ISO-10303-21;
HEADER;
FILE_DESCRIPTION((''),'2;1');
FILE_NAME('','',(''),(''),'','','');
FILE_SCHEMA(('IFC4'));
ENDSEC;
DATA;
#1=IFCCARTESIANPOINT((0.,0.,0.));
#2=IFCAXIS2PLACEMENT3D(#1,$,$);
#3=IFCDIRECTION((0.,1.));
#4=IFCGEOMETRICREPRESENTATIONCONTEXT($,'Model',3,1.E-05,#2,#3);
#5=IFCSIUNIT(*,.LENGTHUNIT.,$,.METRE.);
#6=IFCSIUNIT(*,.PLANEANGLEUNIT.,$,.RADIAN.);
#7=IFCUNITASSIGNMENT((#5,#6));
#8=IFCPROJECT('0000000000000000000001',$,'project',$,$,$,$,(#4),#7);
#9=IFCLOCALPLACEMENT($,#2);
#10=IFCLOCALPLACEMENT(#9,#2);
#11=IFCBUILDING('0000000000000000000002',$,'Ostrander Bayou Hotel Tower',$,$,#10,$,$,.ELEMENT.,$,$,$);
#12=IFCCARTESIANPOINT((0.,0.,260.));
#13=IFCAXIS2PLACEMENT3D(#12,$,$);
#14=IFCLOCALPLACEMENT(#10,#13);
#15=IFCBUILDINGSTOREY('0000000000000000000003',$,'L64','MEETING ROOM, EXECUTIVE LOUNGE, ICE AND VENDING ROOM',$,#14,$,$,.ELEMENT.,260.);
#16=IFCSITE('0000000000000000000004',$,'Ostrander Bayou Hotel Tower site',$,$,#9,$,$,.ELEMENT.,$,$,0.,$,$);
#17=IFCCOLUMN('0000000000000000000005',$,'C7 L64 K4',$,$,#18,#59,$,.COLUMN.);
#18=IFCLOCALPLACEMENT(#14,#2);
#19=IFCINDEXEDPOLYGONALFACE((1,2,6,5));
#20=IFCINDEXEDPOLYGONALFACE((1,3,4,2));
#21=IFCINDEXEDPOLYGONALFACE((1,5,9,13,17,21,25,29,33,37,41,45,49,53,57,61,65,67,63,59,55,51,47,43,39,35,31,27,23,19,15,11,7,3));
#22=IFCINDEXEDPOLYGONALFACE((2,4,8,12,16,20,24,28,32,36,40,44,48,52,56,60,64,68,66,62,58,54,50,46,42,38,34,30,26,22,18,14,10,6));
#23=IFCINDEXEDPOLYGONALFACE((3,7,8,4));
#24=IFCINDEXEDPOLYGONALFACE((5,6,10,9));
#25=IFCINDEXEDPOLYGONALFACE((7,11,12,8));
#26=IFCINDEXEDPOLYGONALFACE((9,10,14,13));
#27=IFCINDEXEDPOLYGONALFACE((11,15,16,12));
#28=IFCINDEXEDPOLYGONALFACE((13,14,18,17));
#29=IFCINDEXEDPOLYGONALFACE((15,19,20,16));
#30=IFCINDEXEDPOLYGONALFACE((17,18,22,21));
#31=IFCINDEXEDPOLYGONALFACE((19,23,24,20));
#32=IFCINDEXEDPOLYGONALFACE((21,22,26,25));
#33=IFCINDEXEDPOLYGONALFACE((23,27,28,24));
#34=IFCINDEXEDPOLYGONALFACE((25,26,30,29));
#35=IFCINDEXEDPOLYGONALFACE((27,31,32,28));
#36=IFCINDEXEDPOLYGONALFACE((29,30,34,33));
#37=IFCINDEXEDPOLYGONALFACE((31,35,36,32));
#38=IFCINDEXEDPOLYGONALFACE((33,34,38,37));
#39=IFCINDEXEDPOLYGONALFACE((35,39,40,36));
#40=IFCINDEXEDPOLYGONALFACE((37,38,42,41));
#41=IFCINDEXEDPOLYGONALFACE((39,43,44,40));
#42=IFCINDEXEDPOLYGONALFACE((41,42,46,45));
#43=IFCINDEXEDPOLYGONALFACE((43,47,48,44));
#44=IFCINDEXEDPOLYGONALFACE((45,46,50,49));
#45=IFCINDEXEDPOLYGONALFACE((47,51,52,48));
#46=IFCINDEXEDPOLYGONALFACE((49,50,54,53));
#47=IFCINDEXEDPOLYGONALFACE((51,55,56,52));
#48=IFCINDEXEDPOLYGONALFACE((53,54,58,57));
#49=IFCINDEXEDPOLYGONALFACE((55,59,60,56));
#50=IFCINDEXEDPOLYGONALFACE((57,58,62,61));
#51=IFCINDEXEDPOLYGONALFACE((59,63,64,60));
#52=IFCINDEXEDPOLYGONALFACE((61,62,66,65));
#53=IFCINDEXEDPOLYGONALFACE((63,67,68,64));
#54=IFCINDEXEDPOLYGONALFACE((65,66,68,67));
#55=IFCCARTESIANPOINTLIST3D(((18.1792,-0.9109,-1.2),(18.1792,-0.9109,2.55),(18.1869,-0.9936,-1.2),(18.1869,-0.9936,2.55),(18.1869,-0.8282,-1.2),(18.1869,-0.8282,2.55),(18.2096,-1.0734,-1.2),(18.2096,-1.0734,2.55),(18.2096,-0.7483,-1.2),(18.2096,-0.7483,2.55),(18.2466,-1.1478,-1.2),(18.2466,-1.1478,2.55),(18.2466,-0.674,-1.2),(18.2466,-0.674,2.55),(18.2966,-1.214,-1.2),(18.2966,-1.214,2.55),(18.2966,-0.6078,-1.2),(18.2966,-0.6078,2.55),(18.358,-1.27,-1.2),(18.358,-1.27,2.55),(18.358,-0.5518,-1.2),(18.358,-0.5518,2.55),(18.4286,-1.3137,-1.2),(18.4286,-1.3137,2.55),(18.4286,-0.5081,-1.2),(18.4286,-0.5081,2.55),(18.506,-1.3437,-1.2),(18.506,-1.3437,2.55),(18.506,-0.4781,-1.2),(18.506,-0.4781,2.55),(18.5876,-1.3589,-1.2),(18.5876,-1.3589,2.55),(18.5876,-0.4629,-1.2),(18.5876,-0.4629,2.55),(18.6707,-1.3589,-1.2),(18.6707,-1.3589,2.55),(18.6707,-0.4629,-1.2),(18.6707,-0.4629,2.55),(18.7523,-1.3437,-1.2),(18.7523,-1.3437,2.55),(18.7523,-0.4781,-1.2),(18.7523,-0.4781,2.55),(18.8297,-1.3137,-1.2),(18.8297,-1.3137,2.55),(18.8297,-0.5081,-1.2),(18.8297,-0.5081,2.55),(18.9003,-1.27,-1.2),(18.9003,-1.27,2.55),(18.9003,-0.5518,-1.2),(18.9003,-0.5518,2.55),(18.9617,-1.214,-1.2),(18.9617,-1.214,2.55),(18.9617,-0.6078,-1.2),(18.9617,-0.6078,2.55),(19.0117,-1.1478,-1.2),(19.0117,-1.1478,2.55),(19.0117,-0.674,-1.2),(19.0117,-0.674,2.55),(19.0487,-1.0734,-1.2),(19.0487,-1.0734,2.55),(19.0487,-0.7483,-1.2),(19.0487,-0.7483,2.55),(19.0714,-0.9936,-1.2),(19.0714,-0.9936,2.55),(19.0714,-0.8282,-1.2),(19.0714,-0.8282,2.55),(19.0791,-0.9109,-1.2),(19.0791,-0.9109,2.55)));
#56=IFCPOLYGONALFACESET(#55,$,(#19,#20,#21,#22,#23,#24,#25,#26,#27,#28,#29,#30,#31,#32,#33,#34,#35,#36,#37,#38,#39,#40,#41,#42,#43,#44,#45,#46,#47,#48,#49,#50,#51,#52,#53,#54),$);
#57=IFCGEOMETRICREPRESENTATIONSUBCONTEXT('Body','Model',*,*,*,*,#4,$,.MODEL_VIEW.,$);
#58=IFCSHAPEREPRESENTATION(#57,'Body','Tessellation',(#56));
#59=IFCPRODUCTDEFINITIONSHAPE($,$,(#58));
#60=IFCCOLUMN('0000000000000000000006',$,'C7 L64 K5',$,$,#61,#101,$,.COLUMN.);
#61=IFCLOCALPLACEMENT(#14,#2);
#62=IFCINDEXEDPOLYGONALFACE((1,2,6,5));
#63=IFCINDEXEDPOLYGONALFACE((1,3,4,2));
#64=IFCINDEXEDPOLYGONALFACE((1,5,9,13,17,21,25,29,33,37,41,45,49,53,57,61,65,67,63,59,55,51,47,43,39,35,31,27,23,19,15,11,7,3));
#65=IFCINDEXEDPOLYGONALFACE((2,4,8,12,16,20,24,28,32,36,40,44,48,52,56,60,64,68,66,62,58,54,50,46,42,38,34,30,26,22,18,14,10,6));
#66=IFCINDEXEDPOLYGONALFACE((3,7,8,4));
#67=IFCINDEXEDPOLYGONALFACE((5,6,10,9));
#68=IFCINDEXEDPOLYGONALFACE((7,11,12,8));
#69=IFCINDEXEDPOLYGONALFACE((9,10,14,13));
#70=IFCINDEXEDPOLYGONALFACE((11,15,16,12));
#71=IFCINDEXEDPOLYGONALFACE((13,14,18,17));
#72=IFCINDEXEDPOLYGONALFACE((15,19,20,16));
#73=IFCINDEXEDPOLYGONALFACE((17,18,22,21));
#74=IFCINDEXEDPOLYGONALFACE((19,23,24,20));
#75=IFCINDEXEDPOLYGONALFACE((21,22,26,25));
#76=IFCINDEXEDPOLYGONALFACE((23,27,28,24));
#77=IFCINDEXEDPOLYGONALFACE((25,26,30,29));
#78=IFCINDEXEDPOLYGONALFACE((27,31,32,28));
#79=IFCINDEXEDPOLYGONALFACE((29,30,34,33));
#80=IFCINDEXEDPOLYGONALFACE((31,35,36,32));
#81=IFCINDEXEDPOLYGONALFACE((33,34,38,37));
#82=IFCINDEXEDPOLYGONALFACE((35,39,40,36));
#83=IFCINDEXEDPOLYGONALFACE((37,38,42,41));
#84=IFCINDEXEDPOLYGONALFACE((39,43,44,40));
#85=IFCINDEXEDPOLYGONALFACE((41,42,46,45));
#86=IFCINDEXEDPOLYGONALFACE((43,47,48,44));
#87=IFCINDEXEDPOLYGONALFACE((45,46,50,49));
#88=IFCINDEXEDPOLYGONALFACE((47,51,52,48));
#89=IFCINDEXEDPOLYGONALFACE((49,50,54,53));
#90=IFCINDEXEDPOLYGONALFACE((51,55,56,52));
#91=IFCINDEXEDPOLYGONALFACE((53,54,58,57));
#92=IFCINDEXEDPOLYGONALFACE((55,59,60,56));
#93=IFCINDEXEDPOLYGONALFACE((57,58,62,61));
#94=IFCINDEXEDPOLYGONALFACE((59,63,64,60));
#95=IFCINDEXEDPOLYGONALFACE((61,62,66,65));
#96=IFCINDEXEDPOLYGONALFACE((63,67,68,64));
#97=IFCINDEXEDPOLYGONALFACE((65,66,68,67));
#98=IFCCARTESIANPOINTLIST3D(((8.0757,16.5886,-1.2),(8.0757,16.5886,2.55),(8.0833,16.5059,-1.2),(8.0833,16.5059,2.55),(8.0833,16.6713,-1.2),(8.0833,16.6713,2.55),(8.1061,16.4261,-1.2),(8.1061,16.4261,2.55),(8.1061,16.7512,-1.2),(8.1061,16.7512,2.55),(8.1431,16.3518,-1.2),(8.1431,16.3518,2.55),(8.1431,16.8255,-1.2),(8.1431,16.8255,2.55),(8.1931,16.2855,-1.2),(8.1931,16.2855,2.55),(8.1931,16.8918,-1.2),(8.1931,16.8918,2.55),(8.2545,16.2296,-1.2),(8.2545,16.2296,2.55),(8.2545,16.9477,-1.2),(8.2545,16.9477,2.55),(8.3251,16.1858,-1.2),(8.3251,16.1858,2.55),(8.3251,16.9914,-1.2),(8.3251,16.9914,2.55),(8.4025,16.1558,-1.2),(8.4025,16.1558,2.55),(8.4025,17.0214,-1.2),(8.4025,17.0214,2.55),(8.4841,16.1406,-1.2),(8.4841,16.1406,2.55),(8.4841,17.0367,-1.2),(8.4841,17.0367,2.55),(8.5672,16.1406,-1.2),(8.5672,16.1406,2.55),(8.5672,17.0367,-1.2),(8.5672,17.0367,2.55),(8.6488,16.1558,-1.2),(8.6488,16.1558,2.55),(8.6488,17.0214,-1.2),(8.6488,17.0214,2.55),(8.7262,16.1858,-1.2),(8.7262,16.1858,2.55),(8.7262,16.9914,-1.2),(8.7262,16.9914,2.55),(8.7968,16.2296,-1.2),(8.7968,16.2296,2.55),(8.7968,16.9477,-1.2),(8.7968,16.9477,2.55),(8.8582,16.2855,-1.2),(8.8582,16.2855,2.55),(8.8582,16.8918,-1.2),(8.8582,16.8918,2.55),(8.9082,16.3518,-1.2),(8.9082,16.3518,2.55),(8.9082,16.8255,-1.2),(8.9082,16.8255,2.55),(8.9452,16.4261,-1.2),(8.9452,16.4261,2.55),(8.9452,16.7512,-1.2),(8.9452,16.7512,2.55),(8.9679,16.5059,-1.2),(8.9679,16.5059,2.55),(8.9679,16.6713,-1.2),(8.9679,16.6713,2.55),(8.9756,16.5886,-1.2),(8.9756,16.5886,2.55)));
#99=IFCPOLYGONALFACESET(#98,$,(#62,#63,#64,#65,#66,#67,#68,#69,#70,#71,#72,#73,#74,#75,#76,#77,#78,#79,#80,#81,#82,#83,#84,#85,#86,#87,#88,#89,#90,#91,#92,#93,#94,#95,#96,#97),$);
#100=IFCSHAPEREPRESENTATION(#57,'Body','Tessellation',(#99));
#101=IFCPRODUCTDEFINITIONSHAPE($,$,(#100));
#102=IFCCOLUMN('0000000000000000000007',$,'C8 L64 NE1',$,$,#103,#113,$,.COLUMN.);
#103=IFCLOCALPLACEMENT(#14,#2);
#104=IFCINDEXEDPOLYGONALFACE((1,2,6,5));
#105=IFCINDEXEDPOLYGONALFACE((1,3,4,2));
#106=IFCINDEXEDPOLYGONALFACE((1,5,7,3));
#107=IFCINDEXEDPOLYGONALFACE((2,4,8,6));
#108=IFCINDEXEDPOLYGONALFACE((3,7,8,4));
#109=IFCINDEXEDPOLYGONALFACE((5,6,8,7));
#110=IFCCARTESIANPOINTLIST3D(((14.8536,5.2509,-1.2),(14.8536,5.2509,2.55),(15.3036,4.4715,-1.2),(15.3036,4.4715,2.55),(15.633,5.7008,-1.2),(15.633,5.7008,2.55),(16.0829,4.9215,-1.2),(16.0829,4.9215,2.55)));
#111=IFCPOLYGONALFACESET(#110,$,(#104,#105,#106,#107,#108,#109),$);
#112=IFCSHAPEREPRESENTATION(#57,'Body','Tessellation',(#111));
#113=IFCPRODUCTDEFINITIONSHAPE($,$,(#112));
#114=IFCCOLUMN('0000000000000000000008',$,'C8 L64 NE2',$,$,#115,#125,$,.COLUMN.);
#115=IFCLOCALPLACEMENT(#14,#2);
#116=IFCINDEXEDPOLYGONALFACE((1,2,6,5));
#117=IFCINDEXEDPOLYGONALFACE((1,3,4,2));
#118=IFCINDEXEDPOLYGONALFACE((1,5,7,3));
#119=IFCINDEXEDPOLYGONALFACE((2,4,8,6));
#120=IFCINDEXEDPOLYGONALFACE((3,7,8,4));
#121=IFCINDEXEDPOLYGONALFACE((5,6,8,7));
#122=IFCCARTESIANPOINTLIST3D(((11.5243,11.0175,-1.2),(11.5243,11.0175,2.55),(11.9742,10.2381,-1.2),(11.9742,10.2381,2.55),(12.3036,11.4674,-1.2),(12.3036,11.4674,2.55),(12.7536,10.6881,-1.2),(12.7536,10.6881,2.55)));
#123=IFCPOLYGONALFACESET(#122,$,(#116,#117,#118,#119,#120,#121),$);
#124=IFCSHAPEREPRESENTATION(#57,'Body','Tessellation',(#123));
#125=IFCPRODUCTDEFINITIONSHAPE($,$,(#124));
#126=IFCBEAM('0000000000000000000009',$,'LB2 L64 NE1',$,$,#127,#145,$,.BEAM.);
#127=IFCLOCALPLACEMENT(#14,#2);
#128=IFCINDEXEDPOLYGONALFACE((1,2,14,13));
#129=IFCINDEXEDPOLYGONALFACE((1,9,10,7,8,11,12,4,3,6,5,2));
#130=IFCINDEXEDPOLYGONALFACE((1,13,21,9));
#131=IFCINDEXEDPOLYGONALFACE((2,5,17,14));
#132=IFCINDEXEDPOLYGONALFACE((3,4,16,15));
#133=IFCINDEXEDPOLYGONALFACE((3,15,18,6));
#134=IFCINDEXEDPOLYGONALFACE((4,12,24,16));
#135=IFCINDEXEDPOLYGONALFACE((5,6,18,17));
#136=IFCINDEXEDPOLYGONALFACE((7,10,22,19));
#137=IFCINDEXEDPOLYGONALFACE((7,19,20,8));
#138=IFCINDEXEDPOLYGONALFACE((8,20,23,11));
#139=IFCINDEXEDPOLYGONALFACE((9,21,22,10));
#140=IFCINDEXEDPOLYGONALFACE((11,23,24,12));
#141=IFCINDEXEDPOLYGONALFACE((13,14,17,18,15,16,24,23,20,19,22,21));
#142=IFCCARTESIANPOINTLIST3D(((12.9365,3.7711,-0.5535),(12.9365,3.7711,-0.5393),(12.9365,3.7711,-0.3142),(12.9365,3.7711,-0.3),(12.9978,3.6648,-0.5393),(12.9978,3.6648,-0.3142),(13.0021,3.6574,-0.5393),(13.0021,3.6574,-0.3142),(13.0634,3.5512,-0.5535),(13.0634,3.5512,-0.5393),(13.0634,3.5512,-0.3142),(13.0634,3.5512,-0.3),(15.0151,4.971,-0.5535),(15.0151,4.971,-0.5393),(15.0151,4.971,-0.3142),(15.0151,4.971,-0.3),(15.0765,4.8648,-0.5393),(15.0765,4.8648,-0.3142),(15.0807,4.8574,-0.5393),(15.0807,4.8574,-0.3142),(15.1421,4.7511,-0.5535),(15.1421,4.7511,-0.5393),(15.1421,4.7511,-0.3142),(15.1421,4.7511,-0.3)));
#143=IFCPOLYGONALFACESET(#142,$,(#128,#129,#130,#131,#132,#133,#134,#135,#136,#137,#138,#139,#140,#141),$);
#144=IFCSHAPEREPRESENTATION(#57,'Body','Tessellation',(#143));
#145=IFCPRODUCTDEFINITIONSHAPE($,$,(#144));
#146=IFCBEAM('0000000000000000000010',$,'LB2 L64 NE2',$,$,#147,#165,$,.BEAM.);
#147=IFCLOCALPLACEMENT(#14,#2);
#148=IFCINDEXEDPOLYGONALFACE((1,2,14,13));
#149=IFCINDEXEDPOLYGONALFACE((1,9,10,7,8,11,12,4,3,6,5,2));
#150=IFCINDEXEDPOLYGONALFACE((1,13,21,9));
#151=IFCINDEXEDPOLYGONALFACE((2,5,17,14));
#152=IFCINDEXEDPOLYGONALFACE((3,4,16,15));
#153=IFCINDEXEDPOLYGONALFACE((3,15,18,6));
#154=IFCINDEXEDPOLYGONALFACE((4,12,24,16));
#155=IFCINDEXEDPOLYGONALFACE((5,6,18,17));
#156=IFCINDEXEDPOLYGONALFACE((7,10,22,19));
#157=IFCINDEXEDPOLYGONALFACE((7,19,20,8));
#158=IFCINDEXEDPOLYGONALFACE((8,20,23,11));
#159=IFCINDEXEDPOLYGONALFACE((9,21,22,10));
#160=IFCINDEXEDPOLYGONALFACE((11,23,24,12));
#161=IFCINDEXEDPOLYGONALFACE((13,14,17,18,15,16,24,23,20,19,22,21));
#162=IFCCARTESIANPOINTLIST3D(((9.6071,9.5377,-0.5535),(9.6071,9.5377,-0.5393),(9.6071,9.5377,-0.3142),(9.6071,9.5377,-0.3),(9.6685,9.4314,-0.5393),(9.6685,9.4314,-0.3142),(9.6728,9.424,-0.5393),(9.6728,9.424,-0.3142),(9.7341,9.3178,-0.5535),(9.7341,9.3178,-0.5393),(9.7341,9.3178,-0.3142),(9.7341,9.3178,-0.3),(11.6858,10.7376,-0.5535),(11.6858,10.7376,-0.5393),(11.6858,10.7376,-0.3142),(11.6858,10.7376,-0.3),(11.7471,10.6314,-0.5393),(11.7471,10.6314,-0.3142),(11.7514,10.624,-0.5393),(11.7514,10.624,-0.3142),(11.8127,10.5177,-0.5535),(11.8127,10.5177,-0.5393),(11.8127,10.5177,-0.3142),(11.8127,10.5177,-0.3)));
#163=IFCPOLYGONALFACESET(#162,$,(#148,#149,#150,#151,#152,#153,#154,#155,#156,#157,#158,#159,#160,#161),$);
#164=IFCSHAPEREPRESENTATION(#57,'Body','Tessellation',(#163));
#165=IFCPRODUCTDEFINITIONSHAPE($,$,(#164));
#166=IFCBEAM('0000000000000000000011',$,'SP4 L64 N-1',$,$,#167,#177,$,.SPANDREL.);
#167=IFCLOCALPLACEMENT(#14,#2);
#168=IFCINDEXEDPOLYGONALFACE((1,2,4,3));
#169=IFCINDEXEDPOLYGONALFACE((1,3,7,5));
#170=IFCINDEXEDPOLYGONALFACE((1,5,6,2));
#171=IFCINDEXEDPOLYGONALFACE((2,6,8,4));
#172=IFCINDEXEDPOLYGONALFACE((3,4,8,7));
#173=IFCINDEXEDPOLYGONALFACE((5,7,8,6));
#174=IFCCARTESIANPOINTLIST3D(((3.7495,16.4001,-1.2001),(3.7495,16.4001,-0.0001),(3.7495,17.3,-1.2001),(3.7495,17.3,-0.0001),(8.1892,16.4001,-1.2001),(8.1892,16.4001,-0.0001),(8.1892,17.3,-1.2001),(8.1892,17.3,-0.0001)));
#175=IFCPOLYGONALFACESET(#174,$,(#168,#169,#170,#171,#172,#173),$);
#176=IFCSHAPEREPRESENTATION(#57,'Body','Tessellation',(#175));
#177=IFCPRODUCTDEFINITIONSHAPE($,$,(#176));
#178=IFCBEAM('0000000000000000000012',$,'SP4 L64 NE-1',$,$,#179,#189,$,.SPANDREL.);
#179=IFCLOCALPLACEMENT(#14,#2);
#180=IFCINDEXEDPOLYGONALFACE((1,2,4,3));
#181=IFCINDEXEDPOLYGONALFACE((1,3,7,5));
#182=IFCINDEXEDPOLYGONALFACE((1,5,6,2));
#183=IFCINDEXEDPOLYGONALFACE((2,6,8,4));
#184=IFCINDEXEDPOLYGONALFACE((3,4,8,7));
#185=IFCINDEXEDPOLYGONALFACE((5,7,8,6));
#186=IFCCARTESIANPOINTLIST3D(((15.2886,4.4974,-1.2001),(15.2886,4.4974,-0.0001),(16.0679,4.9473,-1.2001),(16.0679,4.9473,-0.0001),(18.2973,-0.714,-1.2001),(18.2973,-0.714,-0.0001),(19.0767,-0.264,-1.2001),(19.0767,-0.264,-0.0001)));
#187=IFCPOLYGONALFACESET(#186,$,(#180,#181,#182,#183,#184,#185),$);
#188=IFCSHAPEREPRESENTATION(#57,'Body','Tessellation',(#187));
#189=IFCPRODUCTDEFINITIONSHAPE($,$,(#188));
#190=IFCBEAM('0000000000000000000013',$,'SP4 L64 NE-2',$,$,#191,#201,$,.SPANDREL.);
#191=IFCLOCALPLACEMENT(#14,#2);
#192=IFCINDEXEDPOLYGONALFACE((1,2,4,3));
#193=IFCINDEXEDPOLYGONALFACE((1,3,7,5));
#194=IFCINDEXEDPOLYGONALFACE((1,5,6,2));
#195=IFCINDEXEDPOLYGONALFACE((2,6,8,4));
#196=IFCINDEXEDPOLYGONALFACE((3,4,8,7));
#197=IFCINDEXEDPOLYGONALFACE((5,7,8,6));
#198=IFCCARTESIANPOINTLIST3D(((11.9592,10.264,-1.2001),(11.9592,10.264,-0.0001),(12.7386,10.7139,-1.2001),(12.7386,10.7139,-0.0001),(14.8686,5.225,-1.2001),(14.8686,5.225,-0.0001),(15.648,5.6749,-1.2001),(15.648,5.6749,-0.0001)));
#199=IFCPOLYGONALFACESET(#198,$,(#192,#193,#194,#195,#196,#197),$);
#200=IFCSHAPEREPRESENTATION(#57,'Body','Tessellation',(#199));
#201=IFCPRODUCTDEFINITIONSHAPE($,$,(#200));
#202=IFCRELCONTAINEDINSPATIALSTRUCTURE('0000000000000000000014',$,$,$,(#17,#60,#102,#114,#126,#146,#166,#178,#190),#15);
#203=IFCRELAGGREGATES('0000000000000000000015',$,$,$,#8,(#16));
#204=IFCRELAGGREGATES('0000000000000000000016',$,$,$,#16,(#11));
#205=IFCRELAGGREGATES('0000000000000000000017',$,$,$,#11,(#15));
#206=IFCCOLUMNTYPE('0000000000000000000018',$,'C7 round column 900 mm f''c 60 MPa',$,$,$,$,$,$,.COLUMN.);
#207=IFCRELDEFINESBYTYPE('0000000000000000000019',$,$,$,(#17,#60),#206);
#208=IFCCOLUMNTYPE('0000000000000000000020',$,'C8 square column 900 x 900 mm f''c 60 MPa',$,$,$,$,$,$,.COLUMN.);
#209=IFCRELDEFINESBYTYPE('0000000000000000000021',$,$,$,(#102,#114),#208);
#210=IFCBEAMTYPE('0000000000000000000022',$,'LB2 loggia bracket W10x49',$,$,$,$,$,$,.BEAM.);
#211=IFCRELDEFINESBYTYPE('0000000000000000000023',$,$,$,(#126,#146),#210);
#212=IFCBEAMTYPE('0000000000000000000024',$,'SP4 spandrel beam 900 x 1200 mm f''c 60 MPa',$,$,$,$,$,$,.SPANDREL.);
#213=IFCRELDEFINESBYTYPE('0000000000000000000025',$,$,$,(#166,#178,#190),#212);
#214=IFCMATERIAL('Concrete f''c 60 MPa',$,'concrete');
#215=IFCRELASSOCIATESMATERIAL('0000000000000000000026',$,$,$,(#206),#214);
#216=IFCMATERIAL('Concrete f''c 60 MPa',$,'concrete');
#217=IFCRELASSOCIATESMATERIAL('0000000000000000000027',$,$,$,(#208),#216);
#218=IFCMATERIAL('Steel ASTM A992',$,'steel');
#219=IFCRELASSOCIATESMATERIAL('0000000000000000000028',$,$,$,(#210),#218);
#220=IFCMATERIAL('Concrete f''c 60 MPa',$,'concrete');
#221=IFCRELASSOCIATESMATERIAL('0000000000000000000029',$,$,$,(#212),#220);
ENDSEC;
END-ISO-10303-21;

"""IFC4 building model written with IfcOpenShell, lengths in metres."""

from ifc_helpers import new_model, si_unit, direction, frame, origin, origin_2d, place, context, subcontext, project, spatial, rectangle, circle, i_section, extrude, material, material_profile, profile_set, type_object, element, save


model = new_model("IFC4")

# Units and contexts
model_context = context("Model", 3, precision=1e-05, world=origin(), true_north=direction((0.0, 1.0)))
body_context = subcontext(model_context, "Body", "Model", "MODEL_VIEW")
ifc_project = project(units=[si_unit("LENGTHUNIT", "METRE"), si_unit("PLANEANGLEUNIT", "RADIAN")], contexts=[model_context])

# Site, building, storey
site_placement = place(None, origin())
site = spatial("IfcSite", under=ifc_project, at=site_placement, Name="Ostrander Bayou Hotel Tower site", CompositionType="ELEMENT", RefElevation=0.0)
building_placement = place(site_placement, origin())
building = spatial("IfcBuilding", under=site, at=building_placement, Name="Ostrander Bayou Hotel Tower", CompositionType="ELEMENT")
storey_placement = place(building_placement, frame((0.0, 0.0, 260.0)))
storey = spatial("IfcBuildingStorey", under=building, at=storey_placement, Name="L64", Description="MEETING ROOM, EXECUTIVE LOUNGE, ICE AND VENDING ROOM", CompositionType="ELEMENT", Elevation=260.0)

# Columns
ifc_material_1 = material(Name="Concrete f'c 60 MPa", Category="concrete")
ifc_material_profile_1 = material_profile(ifc_material_1, circle(Radius=0.45, at=origin_2d()))
ifc_profile_set_1 = profile_set([ifc_material_profile_1], Name="Concrete f'c 60 MPa")
column_type_1 = type_object("IfcColumnType", Name="C7 round column 900 mm f'c 60 MPa", PredefinedType="COLUMN", material=ifc_profile_set_1)
for number, where, z_axis, x_axis, name in (
    (1, (18.6292, -0.9109, -1.2), (0.0, 0.0, 1.0), (1.0, 0.0, 0.0), "C7 L64 K4"),
    (2, (8.5256, 16.5886, -1.2), (0.0, 0.0, 1.0), (1.0, 0.0, 0.0), "C7 L64 K5"),
):
    element("IfcColumn", number, at=place(storey_placement, frame(where, z_axis=z_axis, x_axis=x_axis)), inside=storey, type_object=column_type_1, Name=name, PredefinedType="COLUMN", context=body_context, shape_type="SweptSolid", body=[
        extrude(circle(Radius=0.45, at=origin_2d()), origin(), (0.0, 0.0, 1.0), 3.75),
    ])
ifc_material_2 = material(Name="Concrete f'c 60 MPa", Category="concrete")
ifc_material_profile_2 = material_profile(ifc_material_2, rectangle(XDim=0.8999, YDim=0.8999, at=origin_2d()))
ifc_profile_set_2 = profile_set([ifc_material_profile_2], Name="Concrete f'c 60 MPa")
column_type_2 = type_object("IfcColumnType", Name="C8 square column 900 x 900 mm f'c 60 MPa", PredefinedType="COLUMN", material=ifc_profile_set_2)
for number, where, z_axis, x_axis, name in (
    (3, (15.4683, 5.0862, -1.2), (0.0, 0.0, 1.0), (0.5, -0.866025, 0.0), "C8 L64 NE1"),
    (4, (12.1389, 10.8528, -1.2), (0.0, 0.0, 1.0), (0.5, -0.866025, 0.0), "C8 L64 NE2"),
):
    element("IfcColumn", number, at=place(storey_placement, frame(where, z_axis=z_axis, x_axis=x_axis)), inside=storey, type_object=column_type_2, Name=name, PredefinedType="COLUMN", context=body_context, shape_type="SweptSolid", body=[
        extrude(rectangle(XDim=0.8999, YDim=0.8999, at=origin_2d()), origin(), (0.0, 0.0, 1.0), 3.75),
    ])

# Beams
ifc_material_3 = material(Name="Steel ASTM A992", Category="steel")
ifc_material_profile_3 = material_profile(ifc_material_3, i_section(OverallWidth=0.2539, OverallDepth=0.2534, WebThickness=0.0085, FlangeThickness=0.0142, at=origin_2d()))
ifc_profile_set_3 = profile_set([ifc_material_profile_3], Name="Steel ASTM A992")
beam_type_1 = type_object("IfcBeamType", Name="LB2 loggia bracket W10x49", PredefinedType="BEAM", material=ifc_profile_set_3)
for number, where, z_axis, x_axis, name in (
    (5, (15.0786, 4.8611, -0.4268), (-0.86605, -0.499957, 0.0), (0.499957, -0.86605, 0.0), "LB2 L64 NE1"),
    (6, (11.7493, 10.6277, -0.4268), (-0.86605, -0.499957, 0.0), (0.499957, -0.86605, 0.0), "LB2 L64 NE2"),
):
    element("IfcBeam", number, at=place(storey_placement, frame(where, z_axis=z_axis, x_axis=x_axis)), inside=storey, type_object=beam_type_1, Name=name, PredefinedType="BEAM", context=body_context, shape_type="SweptSolid", body=[
        extrude(i_section(OverallWidth=0.2539, OverallDepth=0.2534, WebThickness=0.0085, FlangeThickness=0.0142, at=origin_2d()), origin(), (0.0, 0.0, 1.0), 2.4001),
    ])
ifc_material_4 = material(Name="Concrete f'c 60 MPa", Category="concrete")
ifc_material_profile_4 = material_profile(ifc_material_4, rectangle(XDim=0.8999, YDim=1.2, at=origin_2d()))
ifc_profile_set_4 = profile_set([ifc_material_profile_4], Name="Concrete f'c 60 MPa")
beam_type_2 = type_object("IfcBeamType", Name="SP4 spandrel beam 900 x 1200 mm f'c 60 MPa", PredefinedType="SPANDREL", material=ifc_profile_set_4)
beam_1_placement = place(storey_placement, frame((8.1892, 16.8501, -0.6001), z_axis=(-1.0, 0.0, 0.0), x_axis=(0.0, -1.0, 0.0)))
element("IfcBeam", 7, at=beam_1_placement, inside=storey, type_object=beam_type_2, Name="SP4 L64 N-1", PredefinedType="SPANDREL", context=body_context, shape_type="SweptSolid", body=[
    extrude(rectangle(XDim=0.8999, YDim=1.2, at=origin_2d()), origin(), (0.0, 0.0, 1.0), 4.4397),
])
beam_2_placement = place(storey_placement, frame((18.687, -0.489, -0.6001), z_axis=(-0.499996, 0.866027, 0.0), x_axis=(-0.866027, -0.499996, 0.0)))
element("IfcBeam", 8, at=beam_2_placement, inside=storey, type_object=beam_type_2, Name="SP4 L64 NE-1", PredefinedType="SPANDREL", context=body_context, shape_type="SweptSolid", body=[
    extrude(rectangle(XDim=0.8999, YDim=1.2, at=origin_2d()), origin(), (0.0, 0.0, 1.0), 6.0176),
])
beam_3_placement = place(storey_placement, frame((15.2583, 5.45, -0.6001), z_axis=(-0.500015, 0.866016, 0.0), x_axis=(-0.866016, -0.500015, 0.0)))
element("IfcBeam", 9, at=beam_3_placement, inside=storey, type_object=beam_type_2, Name="SP4 L64 NE-2", PredefinedType="SPANDREL", context=body_context, shape_type="SweptSolid", body=[
    extrude(rectangle(XDim=0.8999, YDim=1.2, at=origin_2d()), origin(), (0.0, 0.0, 1.0), 5.8186),
])

save(model, "model.ifc")
